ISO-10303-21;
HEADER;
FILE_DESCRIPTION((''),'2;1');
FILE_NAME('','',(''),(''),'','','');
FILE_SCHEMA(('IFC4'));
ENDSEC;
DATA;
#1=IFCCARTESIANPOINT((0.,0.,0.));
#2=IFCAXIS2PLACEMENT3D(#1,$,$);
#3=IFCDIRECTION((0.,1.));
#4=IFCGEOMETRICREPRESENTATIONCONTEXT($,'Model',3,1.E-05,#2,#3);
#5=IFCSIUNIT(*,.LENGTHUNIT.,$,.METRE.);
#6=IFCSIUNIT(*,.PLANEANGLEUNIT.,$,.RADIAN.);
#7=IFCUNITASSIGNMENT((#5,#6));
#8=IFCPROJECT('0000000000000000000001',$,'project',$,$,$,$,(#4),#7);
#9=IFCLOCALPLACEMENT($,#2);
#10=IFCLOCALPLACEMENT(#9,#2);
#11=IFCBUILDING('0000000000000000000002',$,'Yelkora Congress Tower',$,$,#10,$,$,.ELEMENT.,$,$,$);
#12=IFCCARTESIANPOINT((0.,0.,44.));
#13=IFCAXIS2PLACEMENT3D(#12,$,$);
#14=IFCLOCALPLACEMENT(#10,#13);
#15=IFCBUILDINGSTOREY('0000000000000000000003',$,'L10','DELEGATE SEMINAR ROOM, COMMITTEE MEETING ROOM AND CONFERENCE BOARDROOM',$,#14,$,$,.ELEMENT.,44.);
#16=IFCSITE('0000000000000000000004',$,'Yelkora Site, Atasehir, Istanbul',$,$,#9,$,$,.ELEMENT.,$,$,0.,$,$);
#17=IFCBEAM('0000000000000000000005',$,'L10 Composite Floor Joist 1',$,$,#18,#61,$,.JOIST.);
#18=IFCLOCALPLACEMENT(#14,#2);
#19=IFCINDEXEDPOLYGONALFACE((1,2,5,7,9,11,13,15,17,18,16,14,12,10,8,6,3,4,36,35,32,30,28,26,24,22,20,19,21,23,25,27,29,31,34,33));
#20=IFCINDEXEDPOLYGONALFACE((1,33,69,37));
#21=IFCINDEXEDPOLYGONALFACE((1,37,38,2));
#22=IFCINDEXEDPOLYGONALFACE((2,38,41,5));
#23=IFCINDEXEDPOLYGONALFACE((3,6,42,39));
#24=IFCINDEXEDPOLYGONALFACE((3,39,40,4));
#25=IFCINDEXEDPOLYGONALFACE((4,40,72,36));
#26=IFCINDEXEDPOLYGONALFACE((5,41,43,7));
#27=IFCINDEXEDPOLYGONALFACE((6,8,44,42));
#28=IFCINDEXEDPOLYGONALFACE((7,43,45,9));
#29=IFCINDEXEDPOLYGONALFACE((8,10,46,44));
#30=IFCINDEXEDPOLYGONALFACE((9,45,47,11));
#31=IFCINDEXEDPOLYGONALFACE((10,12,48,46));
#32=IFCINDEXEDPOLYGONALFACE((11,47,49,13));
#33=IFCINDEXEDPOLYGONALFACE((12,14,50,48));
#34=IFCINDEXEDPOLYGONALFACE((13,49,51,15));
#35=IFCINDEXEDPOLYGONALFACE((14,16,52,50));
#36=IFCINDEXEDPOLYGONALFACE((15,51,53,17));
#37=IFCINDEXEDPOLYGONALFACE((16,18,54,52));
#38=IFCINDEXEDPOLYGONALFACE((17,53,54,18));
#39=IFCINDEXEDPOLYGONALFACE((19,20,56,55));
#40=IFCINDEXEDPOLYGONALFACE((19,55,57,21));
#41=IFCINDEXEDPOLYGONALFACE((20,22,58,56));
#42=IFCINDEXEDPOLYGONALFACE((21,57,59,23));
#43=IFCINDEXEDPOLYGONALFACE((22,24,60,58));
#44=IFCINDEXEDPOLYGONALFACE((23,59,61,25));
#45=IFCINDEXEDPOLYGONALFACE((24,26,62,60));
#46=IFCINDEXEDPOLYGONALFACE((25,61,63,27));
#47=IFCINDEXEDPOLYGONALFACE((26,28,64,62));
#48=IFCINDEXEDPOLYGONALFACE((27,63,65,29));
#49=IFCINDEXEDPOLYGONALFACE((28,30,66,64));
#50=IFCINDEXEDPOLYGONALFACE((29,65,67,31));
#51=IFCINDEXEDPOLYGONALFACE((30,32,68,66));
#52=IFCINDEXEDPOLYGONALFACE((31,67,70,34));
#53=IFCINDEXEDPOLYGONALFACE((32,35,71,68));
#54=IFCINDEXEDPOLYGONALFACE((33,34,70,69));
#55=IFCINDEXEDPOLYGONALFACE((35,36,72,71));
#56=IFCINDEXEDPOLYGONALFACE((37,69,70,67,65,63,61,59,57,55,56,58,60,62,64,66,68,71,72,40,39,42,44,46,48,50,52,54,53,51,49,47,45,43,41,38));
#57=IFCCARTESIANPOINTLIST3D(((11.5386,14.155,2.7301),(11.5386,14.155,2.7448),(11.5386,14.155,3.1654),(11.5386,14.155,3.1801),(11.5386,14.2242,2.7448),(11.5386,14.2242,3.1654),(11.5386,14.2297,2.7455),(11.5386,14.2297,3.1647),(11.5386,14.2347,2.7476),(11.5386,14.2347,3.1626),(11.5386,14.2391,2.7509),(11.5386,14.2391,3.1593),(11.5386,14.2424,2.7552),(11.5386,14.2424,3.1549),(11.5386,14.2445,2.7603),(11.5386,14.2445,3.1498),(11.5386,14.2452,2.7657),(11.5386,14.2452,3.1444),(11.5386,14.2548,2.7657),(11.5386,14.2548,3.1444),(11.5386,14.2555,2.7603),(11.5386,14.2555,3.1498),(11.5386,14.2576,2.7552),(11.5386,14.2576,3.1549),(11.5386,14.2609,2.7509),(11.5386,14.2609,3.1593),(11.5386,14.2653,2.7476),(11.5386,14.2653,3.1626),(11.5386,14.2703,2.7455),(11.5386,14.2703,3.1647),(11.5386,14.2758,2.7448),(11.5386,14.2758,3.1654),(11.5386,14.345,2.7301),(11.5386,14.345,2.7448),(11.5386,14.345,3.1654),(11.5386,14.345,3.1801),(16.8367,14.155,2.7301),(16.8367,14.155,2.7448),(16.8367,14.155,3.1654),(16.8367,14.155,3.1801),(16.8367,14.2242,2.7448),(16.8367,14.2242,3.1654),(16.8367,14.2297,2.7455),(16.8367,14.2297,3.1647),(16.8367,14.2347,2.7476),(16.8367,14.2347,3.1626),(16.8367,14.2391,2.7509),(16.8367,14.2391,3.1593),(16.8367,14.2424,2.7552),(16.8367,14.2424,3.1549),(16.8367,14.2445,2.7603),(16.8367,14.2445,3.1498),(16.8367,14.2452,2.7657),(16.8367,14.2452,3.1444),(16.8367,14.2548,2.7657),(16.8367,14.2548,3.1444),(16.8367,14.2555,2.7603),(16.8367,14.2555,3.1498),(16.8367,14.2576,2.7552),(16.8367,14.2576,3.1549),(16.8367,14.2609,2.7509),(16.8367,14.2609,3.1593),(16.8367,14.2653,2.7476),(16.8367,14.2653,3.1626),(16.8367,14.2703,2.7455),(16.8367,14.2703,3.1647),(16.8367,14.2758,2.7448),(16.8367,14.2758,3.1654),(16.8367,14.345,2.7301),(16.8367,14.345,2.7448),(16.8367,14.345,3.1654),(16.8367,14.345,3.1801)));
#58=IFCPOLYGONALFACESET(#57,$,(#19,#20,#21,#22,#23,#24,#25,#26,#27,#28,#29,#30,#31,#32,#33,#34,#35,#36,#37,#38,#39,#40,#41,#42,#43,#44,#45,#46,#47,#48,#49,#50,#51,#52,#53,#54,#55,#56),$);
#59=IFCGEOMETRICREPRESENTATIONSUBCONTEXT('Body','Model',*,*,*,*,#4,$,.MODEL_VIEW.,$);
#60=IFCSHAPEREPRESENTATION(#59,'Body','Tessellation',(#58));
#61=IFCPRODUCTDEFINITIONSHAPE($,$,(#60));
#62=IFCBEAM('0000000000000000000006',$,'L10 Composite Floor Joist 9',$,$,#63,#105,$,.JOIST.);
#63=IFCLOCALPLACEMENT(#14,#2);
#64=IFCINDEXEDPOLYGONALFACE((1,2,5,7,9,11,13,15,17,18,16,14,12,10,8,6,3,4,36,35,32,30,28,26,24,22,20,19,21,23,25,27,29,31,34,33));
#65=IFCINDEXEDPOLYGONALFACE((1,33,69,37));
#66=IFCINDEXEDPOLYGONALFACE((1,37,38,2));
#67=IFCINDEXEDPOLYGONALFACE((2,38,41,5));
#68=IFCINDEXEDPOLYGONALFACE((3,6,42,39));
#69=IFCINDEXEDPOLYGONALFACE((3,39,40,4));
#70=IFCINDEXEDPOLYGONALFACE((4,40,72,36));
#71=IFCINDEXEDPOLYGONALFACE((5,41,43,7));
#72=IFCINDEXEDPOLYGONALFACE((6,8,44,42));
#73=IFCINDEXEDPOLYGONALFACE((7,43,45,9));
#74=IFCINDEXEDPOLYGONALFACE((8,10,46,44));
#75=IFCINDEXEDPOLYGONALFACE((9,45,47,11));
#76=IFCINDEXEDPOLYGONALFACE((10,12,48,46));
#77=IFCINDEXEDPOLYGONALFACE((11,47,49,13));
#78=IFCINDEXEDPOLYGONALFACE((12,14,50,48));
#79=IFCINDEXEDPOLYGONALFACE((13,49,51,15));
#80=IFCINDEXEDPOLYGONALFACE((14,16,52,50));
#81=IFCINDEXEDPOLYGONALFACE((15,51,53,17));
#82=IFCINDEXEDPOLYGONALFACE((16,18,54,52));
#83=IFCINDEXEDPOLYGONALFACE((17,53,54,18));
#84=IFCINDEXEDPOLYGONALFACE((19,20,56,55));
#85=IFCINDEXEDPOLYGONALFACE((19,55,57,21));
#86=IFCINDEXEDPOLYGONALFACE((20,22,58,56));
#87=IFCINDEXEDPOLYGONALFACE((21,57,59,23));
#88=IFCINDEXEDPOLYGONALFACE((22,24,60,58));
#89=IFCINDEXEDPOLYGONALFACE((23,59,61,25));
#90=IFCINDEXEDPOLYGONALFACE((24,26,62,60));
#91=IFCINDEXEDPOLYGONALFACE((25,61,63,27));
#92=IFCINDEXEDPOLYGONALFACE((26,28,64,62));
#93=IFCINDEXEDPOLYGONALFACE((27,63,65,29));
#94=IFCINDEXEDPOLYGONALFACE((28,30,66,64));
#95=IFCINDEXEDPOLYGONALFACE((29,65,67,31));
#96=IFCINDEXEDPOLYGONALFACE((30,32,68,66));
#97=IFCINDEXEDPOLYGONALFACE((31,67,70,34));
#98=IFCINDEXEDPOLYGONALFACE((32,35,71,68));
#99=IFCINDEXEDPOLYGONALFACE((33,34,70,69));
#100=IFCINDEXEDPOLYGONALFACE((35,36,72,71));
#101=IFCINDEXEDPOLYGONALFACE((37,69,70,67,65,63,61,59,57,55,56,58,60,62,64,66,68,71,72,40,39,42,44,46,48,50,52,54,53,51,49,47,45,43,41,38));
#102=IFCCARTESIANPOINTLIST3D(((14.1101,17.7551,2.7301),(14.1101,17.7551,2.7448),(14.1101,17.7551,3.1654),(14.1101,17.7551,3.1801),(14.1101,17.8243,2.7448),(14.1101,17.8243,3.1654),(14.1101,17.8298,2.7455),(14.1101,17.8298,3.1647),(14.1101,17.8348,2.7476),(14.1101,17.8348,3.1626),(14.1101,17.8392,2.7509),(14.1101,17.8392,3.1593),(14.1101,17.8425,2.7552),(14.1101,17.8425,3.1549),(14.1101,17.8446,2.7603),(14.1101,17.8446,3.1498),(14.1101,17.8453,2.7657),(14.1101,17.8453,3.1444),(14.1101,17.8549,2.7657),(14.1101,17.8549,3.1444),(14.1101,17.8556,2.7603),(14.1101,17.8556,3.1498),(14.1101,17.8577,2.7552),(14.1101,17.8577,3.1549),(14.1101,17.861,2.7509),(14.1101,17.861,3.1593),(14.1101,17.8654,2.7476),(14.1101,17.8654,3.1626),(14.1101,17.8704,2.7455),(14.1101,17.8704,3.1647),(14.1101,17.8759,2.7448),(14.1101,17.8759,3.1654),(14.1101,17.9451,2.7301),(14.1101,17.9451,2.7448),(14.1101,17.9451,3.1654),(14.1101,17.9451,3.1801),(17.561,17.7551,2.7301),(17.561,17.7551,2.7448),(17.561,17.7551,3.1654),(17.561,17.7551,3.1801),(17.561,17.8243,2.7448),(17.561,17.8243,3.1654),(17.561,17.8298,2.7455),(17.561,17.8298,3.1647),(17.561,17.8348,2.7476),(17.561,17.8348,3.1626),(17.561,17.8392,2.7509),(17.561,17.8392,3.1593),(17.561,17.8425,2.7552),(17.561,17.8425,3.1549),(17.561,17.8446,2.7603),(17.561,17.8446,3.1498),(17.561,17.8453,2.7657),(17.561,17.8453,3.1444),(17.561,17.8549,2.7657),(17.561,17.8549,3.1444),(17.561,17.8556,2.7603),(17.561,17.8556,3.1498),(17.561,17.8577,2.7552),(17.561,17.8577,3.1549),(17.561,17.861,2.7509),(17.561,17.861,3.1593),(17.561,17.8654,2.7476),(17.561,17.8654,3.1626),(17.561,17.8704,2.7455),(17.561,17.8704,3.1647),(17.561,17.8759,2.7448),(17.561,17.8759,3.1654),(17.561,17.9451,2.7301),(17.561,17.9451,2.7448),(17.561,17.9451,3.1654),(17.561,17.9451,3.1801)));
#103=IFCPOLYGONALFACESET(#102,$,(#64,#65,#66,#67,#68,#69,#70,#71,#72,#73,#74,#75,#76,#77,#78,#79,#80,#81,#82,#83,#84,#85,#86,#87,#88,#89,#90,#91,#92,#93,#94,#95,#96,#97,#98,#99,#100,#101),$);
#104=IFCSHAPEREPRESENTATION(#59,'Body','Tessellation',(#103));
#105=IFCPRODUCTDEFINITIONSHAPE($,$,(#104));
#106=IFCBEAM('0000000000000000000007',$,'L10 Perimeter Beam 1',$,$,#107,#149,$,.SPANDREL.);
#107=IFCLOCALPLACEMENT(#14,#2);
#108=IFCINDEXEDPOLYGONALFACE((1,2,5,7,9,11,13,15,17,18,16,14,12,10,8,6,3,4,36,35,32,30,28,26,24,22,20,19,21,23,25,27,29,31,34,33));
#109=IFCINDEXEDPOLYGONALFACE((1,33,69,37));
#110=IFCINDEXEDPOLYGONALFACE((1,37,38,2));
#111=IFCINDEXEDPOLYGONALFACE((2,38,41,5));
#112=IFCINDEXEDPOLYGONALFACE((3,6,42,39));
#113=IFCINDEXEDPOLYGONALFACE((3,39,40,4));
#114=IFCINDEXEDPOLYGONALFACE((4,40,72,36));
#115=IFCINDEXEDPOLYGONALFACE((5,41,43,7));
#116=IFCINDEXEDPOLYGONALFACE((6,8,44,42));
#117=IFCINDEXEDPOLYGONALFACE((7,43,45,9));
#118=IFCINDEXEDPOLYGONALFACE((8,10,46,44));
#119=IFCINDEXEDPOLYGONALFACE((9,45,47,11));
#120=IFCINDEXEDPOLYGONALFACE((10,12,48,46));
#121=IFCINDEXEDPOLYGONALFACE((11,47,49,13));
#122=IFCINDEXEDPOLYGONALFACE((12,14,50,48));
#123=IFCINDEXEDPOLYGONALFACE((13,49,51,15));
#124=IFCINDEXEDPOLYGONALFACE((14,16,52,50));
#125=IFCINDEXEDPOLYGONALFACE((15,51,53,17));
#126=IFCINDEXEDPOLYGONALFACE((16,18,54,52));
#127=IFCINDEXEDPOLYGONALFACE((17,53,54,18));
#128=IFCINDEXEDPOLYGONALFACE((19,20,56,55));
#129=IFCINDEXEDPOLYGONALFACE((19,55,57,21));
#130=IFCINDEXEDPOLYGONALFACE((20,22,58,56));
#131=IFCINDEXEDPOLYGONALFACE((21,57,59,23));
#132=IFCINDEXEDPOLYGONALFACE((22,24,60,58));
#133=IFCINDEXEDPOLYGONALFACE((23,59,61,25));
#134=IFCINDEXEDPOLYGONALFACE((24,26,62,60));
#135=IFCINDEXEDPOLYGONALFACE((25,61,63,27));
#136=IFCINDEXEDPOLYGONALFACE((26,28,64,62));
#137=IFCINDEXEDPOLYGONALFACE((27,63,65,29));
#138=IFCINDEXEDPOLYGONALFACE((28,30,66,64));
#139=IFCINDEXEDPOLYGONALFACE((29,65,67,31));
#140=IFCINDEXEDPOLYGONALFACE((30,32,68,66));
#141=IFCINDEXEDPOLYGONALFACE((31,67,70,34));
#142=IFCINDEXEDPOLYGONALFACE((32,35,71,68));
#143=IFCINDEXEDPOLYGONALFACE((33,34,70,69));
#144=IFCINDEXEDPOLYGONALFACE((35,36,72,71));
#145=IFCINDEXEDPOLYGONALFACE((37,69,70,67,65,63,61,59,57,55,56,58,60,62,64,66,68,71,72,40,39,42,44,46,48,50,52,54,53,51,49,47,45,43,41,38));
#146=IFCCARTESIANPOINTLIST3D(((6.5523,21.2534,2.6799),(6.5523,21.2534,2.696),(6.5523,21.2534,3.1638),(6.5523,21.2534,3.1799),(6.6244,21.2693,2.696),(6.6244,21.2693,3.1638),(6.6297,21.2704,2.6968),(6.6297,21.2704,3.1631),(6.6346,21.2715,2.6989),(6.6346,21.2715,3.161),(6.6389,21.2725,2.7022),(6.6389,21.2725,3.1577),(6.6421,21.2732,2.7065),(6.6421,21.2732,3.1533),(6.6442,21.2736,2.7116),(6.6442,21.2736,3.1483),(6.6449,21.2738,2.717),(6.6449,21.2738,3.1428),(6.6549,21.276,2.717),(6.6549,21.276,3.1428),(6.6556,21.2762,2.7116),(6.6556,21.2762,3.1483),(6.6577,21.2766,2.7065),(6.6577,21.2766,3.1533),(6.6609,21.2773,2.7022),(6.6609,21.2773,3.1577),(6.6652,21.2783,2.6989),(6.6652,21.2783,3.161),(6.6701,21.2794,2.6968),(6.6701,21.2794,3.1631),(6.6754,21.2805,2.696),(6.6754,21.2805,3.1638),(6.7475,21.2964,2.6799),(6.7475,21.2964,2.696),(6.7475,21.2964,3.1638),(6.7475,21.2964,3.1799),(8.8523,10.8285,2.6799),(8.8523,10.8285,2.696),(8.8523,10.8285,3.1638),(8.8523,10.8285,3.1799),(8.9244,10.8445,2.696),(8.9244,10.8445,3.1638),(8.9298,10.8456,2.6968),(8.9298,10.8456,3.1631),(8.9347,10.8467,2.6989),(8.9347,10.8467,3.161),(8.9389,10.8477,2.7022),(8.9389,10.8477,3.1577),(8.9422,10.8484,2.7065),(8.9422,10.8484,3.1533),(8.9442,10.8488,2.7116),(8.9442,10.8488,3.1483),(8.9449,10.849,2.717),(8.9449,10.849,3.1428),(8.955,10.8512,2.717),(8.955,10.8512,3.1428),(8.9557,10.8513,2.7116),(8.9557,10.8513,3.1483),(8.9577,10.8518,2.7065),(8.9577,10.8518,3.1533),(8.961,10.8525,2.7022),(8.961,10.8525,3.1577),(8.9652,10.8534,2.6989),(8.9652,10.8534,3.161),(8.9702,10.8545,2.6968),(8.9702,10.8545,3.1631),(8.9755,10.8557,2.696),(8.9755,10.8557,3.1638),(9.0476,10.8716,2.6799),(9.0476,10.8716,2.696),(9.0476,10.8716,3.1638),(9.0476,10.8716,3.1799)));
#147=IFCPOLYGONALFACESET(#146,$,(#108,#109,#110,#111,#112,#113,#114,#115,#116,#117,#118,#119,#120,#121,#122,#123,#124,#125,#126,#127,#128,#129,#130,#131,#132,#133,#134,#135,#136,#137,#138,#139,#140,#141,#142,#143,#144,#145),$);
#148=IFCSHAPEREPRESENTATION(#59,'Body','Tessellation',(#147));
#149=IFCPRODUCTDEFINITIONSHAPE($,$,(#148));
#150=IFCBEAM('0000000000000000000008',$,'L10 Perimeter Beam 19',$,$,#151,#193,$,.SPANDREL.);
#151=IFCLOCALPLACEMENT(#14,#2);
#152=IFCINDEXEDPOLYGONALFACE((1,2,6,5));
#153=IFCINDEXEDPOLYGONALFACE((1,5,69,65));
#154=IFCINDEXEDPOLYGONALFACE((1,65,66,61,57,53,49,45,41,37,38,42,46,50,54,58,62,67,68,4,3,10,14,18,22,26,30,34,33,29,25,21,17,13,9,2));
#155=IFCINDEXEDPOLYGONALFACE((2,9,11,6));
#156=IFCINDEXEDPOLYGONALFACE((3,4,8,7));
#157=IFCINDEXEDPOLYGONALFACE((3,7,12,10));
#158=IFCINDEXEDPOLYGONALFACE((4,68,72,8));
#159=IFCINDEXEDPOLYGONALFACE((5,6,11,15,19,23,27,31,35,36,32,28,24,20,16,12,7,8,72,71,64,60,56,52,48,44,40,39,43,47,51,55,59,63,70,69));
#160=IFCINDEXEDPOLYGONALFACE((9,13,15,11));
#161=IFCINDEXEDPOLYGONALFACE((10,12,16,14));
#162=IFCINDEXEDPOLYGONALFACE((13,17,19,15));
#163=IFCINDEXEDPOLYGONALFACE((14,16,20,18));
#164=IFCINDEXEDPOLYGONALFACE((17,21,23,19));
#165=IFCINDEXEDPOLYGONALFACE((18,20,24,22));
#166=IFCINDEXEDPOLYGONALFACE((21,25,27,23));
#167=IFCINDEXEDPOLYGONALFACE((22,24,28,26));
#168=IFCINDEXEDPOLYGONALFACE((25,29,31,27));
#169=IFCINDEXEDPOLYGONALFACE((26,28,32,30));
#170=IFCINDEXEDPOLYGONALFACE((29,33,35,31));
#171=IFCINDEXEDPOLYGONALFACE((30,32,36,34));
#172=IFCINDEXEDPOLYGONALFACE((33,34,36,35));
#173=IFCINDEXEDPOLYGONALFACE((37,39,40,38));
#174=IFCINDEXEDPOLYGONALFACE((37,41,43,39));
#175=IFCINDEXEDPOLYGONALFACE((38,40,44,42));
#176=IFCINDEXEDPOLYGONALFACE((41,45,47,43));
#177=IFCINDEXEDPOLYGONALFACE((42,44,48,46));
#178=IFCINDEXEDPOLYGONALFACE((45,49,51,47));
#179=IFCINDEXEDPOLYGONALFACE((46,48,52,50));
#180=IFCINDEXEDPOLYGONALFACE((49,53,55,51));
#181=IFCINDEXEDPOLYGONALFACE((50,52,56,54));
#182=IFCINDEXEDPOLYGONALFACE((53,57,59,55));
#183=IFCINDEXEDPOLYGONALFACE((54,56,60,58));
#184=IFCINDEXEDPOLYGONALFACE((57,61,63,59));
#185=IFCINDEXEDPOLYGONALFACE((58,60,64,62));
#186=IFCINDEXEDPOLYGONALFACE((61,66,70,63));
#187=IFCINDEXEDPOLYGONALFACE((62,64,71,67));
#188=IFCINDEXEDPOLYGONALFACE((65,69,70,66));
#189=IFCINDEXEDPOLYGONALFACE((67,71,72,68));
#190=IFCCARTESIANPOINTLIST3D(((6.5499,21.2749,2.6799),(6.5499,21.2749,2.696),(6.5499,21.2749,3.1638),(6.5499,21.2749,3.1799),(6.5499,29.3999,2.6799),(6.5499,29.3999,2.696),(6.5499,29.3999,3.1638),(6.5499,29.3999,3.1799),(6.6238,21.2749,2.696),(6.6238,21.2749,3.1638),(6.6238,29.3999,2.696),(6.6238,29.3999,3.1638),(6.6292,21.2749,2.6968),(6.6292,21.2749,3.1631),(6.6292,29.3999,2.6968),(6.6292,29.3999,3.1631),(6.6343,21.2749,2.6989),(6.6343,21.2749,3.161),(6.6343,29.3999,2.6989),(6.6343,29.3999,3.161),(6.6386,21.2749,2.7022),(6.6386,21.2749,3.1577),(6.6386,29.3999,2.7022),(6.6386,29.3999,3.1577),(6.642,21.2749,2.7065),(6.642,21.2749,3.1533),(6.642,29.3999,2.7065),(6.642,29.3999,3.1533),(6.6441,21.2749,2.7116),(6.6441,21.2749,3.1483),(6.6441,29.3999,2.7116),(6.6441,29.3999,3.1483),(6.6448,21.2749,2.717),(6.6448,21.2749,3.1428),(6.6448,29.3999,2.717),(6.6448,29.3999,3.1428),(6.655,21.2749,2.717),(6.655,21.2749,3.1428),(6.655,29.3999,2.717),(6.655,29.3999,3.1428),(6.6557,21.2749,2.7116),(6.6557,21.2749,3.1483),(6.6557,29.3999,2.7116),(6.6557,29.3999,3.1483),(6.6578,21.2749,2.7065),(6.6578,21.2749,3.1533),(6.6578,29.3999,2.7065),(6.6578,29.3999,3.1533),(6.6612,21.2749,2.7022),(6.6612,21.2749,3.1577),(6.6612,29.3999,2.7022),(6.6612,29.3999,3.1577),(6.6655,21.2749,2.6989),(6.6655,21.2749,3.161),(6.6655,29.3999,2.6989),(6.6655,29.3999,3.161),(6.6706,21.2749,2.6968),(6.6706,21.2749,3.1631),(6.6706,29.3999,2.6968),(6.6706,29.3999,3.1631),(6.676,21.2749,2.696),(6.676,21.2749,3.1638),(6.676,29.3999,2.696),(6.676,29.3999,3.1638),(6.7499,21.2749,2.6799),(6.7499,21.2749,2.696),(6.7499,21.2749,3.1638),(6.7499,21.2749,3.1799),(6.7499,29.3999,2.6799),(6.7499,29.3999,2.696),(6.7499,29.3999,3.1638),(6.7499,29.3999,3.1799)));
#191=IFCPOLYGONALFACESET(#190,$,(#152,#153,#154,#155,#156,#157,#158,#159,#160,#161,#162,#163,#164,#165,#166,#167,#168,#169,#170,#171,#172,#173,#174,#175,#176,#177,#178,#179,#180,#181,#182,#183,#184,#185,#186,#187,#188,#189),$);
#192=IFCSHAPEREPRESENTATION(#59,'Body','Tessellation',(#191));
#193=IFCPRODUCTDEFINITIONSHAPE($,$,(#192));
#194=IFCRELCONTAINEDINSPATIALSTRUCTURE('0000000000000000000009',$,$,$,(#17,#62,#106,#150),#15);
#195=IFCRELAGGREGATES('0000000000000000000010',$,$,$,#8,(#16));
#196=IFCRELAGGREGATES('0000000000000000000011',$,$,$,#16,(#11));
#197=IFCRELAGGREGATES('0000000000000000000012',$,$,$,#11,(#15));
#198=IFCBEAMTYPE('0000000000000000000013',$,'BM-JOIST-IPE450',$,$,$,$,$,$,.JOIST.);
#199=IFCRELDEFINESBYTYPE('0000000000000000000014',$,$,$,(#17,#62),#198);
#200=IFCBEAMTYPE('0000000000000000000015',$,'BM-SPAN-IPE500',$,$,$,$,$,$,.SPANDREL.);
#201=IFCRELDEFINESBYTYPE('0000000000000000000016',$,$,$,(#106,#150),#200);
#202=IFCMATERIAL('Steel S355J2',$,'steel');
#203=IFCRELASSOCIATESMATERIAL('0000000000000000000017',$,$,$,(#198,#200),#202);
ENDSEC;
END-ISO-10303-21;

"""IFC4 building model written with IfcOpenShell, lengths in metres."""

from ifc_helpers import new_model, si_unit, direction, frame, origin, origin_2d, place, context, subcontext, project, spatial, i_section, extrude, material, material_profile, profile_set, type_object, element, save


model = new_model("IFC4")

# Units and contexts
model_context = context("Model", 3, precision=1e-05, world=origin(), true_north=direction((0.0, 1.0)))
body_context = subcontext(model_context, "Body", "Model", "MODEL_VIEW")
ifc_project = project(units=[si_unit("LENGTHUNIT", "METRE"), si_unit("PLANEANGLEUNIT", "RADIAN")], contexts=[model_context])

# Site, building, storey
site_placement = place(None, origin())
site = spatial("IfcSite", under=ifc_project, at=site_placement, Name="Yelkora Site, Atasehir, Istanbul", CompositionType="ELEMENT", RefElevation=0.0)
building_placement = place(site_placement, origin())
building = spatial("IfcBuilding", under=site, at=building_placement, Name="Yelkora Congress Tower", CompositionType="ELEMENT")
storey_placement = place(building_placement, frame((0.0, 0.0, 44.0)))
storey = spatial("IfcBuildingStorey", under=building, at=storey_placement, Name="L10", Description="DELEGATE SEMINAR ROOM, COMMITTEE MEETING ROOM AND CONFERENCE BOARDROOM", CompositionType="ELEMENT", Elevation=44.0)

# Beams
ifc_material_1 = material(Name="Steel S355J2", Category="steel")
ifc_material_profile_1 = material_profile(ifc_material_1, i_section(OverallWidth=0.1899, OverallDepth=0.45, WebThickness=0.0095, FlangeThickness=0.0146, FilletRadius=0.021, at=origin_2d()), Name="IPE 450")
ifc_profile_set_1 = profile_set([ifc_material_profile_1], Name="Steel S355J2")
beam_type_1 = type_object("IfcBeamType", Name="BM-JOIST-IPE450", PredefinedType="JOIST", material=ifc_profile_set_1)
beam_1_placement = place(storey_placement, frame((11.5386, 14.25, 2.9551), z_axis=(1.0, 0.0, 0.0), x_axis=(0.0, 1.0, 0.0)))
element("IfcBeam", 1, at=beam_1_placement, inside=storey, type_object=beam_type_1, Name="L10 Composite Floor Joist 1", PredefinedType="JOIST", context=body_context, shape_type="SweptSolid", body=[
    extrude(i_section(OverallWidth=0.1899, OverallDepth=0.45, WebThickness=0.0095, FlangeThickness=0.0146, FilletRadius=0.021, at=origin_2d()), origin(), (0.0, 0.0, 1.0), 5.2981),
])
beam_2_placement = place(storey_placement, frame((14.1101, 17.8501, 2.9551), z_axis=(1.0, 0.0, 0.0), x_axis=(0.0, 1.0, 0.0)))
element("IfcBeam", 2, at=beam_2_placement, inside=storey, type_object=beam_type_1, Name="L10 Composite Floor Joist 9", PredefinedType="JOIST", context=body_context, shape_type="SweptSolid", body=[
    extrude(i_section(OverallWidth=0.1899, OverallDepth=0.45, WebThickness=0.0095, FlangeThickness=0.0146, FilletRadius=0.021, at=origin_2d()), origin(), (0.0, 0.0, 1.0), 3.4509),
])
ifc_material_profile_2 = material_profile(ifc_material_1, i_section(OverallWidth=0.2, OverallDepth=0.5, WebThickness=0.0103, FlangeThickness=0.0161, FilletRadius=0.021, at=origin_2d()), Name="IPE 500")
ifc_profile_set_2 = profile_set([ifc_material_profile_2], Name="Steel S355J2")
beam_type_2 = type_object("IfcBeamType", Name="BM-SPAN-IPE500", PredefinedType="SPANDREL", material=ifc_profile_set_2)
beam_3_placement = place(storey_placement, frame((6.6499, 21.2749, 2.9299), z_axis=(0.215451, -0.976515, 0.0), x_axis=(0.976515, 0.215451, 0.0)))
element("IfcBeam", 3, at=beam_3_placement, inside=storey, type_object=beam_type_2, Name="L10 Perimeter Beam 1", PredefinedType="SPANDREL", context=body_context, shape_type="SweptSolid", body=[
    extrude(i_section(OverallWidth=0.2, OverallDepth=0.5, WebThickness=0.0103, FlangeThickness=0.0161, FilletRadius=0.021, at=origin_2d()), origin(), (0.0, 0.0, 1.0), 10.6755),
])
beam_4_placement = place(storey_placement, frame((6.6499, 29.3999, 2.9299), z_axis=(0.0, -1.0, 0.0), x_axis=(1.0, 0.0, 0.0)))
element("IfcBeam", 4, at=beam_4_placement, inside=storey, type_object=beam_type_2, Name="L10 Perimeter Beam 19", PredefinedType="SPANDREL", context=body_context, shape_type="SweptSolid", body=[
    extrude(i_section(OverallWidth=0.2, OverallDepth=0.5, WebThickness=0.0103, FlangeThickness=0.0161, FilletRadius=0.021, at=origin_2d()), origin(), (0.0, 0.0, 1.0), 8.125),
])

save(model, "model.ifc")
